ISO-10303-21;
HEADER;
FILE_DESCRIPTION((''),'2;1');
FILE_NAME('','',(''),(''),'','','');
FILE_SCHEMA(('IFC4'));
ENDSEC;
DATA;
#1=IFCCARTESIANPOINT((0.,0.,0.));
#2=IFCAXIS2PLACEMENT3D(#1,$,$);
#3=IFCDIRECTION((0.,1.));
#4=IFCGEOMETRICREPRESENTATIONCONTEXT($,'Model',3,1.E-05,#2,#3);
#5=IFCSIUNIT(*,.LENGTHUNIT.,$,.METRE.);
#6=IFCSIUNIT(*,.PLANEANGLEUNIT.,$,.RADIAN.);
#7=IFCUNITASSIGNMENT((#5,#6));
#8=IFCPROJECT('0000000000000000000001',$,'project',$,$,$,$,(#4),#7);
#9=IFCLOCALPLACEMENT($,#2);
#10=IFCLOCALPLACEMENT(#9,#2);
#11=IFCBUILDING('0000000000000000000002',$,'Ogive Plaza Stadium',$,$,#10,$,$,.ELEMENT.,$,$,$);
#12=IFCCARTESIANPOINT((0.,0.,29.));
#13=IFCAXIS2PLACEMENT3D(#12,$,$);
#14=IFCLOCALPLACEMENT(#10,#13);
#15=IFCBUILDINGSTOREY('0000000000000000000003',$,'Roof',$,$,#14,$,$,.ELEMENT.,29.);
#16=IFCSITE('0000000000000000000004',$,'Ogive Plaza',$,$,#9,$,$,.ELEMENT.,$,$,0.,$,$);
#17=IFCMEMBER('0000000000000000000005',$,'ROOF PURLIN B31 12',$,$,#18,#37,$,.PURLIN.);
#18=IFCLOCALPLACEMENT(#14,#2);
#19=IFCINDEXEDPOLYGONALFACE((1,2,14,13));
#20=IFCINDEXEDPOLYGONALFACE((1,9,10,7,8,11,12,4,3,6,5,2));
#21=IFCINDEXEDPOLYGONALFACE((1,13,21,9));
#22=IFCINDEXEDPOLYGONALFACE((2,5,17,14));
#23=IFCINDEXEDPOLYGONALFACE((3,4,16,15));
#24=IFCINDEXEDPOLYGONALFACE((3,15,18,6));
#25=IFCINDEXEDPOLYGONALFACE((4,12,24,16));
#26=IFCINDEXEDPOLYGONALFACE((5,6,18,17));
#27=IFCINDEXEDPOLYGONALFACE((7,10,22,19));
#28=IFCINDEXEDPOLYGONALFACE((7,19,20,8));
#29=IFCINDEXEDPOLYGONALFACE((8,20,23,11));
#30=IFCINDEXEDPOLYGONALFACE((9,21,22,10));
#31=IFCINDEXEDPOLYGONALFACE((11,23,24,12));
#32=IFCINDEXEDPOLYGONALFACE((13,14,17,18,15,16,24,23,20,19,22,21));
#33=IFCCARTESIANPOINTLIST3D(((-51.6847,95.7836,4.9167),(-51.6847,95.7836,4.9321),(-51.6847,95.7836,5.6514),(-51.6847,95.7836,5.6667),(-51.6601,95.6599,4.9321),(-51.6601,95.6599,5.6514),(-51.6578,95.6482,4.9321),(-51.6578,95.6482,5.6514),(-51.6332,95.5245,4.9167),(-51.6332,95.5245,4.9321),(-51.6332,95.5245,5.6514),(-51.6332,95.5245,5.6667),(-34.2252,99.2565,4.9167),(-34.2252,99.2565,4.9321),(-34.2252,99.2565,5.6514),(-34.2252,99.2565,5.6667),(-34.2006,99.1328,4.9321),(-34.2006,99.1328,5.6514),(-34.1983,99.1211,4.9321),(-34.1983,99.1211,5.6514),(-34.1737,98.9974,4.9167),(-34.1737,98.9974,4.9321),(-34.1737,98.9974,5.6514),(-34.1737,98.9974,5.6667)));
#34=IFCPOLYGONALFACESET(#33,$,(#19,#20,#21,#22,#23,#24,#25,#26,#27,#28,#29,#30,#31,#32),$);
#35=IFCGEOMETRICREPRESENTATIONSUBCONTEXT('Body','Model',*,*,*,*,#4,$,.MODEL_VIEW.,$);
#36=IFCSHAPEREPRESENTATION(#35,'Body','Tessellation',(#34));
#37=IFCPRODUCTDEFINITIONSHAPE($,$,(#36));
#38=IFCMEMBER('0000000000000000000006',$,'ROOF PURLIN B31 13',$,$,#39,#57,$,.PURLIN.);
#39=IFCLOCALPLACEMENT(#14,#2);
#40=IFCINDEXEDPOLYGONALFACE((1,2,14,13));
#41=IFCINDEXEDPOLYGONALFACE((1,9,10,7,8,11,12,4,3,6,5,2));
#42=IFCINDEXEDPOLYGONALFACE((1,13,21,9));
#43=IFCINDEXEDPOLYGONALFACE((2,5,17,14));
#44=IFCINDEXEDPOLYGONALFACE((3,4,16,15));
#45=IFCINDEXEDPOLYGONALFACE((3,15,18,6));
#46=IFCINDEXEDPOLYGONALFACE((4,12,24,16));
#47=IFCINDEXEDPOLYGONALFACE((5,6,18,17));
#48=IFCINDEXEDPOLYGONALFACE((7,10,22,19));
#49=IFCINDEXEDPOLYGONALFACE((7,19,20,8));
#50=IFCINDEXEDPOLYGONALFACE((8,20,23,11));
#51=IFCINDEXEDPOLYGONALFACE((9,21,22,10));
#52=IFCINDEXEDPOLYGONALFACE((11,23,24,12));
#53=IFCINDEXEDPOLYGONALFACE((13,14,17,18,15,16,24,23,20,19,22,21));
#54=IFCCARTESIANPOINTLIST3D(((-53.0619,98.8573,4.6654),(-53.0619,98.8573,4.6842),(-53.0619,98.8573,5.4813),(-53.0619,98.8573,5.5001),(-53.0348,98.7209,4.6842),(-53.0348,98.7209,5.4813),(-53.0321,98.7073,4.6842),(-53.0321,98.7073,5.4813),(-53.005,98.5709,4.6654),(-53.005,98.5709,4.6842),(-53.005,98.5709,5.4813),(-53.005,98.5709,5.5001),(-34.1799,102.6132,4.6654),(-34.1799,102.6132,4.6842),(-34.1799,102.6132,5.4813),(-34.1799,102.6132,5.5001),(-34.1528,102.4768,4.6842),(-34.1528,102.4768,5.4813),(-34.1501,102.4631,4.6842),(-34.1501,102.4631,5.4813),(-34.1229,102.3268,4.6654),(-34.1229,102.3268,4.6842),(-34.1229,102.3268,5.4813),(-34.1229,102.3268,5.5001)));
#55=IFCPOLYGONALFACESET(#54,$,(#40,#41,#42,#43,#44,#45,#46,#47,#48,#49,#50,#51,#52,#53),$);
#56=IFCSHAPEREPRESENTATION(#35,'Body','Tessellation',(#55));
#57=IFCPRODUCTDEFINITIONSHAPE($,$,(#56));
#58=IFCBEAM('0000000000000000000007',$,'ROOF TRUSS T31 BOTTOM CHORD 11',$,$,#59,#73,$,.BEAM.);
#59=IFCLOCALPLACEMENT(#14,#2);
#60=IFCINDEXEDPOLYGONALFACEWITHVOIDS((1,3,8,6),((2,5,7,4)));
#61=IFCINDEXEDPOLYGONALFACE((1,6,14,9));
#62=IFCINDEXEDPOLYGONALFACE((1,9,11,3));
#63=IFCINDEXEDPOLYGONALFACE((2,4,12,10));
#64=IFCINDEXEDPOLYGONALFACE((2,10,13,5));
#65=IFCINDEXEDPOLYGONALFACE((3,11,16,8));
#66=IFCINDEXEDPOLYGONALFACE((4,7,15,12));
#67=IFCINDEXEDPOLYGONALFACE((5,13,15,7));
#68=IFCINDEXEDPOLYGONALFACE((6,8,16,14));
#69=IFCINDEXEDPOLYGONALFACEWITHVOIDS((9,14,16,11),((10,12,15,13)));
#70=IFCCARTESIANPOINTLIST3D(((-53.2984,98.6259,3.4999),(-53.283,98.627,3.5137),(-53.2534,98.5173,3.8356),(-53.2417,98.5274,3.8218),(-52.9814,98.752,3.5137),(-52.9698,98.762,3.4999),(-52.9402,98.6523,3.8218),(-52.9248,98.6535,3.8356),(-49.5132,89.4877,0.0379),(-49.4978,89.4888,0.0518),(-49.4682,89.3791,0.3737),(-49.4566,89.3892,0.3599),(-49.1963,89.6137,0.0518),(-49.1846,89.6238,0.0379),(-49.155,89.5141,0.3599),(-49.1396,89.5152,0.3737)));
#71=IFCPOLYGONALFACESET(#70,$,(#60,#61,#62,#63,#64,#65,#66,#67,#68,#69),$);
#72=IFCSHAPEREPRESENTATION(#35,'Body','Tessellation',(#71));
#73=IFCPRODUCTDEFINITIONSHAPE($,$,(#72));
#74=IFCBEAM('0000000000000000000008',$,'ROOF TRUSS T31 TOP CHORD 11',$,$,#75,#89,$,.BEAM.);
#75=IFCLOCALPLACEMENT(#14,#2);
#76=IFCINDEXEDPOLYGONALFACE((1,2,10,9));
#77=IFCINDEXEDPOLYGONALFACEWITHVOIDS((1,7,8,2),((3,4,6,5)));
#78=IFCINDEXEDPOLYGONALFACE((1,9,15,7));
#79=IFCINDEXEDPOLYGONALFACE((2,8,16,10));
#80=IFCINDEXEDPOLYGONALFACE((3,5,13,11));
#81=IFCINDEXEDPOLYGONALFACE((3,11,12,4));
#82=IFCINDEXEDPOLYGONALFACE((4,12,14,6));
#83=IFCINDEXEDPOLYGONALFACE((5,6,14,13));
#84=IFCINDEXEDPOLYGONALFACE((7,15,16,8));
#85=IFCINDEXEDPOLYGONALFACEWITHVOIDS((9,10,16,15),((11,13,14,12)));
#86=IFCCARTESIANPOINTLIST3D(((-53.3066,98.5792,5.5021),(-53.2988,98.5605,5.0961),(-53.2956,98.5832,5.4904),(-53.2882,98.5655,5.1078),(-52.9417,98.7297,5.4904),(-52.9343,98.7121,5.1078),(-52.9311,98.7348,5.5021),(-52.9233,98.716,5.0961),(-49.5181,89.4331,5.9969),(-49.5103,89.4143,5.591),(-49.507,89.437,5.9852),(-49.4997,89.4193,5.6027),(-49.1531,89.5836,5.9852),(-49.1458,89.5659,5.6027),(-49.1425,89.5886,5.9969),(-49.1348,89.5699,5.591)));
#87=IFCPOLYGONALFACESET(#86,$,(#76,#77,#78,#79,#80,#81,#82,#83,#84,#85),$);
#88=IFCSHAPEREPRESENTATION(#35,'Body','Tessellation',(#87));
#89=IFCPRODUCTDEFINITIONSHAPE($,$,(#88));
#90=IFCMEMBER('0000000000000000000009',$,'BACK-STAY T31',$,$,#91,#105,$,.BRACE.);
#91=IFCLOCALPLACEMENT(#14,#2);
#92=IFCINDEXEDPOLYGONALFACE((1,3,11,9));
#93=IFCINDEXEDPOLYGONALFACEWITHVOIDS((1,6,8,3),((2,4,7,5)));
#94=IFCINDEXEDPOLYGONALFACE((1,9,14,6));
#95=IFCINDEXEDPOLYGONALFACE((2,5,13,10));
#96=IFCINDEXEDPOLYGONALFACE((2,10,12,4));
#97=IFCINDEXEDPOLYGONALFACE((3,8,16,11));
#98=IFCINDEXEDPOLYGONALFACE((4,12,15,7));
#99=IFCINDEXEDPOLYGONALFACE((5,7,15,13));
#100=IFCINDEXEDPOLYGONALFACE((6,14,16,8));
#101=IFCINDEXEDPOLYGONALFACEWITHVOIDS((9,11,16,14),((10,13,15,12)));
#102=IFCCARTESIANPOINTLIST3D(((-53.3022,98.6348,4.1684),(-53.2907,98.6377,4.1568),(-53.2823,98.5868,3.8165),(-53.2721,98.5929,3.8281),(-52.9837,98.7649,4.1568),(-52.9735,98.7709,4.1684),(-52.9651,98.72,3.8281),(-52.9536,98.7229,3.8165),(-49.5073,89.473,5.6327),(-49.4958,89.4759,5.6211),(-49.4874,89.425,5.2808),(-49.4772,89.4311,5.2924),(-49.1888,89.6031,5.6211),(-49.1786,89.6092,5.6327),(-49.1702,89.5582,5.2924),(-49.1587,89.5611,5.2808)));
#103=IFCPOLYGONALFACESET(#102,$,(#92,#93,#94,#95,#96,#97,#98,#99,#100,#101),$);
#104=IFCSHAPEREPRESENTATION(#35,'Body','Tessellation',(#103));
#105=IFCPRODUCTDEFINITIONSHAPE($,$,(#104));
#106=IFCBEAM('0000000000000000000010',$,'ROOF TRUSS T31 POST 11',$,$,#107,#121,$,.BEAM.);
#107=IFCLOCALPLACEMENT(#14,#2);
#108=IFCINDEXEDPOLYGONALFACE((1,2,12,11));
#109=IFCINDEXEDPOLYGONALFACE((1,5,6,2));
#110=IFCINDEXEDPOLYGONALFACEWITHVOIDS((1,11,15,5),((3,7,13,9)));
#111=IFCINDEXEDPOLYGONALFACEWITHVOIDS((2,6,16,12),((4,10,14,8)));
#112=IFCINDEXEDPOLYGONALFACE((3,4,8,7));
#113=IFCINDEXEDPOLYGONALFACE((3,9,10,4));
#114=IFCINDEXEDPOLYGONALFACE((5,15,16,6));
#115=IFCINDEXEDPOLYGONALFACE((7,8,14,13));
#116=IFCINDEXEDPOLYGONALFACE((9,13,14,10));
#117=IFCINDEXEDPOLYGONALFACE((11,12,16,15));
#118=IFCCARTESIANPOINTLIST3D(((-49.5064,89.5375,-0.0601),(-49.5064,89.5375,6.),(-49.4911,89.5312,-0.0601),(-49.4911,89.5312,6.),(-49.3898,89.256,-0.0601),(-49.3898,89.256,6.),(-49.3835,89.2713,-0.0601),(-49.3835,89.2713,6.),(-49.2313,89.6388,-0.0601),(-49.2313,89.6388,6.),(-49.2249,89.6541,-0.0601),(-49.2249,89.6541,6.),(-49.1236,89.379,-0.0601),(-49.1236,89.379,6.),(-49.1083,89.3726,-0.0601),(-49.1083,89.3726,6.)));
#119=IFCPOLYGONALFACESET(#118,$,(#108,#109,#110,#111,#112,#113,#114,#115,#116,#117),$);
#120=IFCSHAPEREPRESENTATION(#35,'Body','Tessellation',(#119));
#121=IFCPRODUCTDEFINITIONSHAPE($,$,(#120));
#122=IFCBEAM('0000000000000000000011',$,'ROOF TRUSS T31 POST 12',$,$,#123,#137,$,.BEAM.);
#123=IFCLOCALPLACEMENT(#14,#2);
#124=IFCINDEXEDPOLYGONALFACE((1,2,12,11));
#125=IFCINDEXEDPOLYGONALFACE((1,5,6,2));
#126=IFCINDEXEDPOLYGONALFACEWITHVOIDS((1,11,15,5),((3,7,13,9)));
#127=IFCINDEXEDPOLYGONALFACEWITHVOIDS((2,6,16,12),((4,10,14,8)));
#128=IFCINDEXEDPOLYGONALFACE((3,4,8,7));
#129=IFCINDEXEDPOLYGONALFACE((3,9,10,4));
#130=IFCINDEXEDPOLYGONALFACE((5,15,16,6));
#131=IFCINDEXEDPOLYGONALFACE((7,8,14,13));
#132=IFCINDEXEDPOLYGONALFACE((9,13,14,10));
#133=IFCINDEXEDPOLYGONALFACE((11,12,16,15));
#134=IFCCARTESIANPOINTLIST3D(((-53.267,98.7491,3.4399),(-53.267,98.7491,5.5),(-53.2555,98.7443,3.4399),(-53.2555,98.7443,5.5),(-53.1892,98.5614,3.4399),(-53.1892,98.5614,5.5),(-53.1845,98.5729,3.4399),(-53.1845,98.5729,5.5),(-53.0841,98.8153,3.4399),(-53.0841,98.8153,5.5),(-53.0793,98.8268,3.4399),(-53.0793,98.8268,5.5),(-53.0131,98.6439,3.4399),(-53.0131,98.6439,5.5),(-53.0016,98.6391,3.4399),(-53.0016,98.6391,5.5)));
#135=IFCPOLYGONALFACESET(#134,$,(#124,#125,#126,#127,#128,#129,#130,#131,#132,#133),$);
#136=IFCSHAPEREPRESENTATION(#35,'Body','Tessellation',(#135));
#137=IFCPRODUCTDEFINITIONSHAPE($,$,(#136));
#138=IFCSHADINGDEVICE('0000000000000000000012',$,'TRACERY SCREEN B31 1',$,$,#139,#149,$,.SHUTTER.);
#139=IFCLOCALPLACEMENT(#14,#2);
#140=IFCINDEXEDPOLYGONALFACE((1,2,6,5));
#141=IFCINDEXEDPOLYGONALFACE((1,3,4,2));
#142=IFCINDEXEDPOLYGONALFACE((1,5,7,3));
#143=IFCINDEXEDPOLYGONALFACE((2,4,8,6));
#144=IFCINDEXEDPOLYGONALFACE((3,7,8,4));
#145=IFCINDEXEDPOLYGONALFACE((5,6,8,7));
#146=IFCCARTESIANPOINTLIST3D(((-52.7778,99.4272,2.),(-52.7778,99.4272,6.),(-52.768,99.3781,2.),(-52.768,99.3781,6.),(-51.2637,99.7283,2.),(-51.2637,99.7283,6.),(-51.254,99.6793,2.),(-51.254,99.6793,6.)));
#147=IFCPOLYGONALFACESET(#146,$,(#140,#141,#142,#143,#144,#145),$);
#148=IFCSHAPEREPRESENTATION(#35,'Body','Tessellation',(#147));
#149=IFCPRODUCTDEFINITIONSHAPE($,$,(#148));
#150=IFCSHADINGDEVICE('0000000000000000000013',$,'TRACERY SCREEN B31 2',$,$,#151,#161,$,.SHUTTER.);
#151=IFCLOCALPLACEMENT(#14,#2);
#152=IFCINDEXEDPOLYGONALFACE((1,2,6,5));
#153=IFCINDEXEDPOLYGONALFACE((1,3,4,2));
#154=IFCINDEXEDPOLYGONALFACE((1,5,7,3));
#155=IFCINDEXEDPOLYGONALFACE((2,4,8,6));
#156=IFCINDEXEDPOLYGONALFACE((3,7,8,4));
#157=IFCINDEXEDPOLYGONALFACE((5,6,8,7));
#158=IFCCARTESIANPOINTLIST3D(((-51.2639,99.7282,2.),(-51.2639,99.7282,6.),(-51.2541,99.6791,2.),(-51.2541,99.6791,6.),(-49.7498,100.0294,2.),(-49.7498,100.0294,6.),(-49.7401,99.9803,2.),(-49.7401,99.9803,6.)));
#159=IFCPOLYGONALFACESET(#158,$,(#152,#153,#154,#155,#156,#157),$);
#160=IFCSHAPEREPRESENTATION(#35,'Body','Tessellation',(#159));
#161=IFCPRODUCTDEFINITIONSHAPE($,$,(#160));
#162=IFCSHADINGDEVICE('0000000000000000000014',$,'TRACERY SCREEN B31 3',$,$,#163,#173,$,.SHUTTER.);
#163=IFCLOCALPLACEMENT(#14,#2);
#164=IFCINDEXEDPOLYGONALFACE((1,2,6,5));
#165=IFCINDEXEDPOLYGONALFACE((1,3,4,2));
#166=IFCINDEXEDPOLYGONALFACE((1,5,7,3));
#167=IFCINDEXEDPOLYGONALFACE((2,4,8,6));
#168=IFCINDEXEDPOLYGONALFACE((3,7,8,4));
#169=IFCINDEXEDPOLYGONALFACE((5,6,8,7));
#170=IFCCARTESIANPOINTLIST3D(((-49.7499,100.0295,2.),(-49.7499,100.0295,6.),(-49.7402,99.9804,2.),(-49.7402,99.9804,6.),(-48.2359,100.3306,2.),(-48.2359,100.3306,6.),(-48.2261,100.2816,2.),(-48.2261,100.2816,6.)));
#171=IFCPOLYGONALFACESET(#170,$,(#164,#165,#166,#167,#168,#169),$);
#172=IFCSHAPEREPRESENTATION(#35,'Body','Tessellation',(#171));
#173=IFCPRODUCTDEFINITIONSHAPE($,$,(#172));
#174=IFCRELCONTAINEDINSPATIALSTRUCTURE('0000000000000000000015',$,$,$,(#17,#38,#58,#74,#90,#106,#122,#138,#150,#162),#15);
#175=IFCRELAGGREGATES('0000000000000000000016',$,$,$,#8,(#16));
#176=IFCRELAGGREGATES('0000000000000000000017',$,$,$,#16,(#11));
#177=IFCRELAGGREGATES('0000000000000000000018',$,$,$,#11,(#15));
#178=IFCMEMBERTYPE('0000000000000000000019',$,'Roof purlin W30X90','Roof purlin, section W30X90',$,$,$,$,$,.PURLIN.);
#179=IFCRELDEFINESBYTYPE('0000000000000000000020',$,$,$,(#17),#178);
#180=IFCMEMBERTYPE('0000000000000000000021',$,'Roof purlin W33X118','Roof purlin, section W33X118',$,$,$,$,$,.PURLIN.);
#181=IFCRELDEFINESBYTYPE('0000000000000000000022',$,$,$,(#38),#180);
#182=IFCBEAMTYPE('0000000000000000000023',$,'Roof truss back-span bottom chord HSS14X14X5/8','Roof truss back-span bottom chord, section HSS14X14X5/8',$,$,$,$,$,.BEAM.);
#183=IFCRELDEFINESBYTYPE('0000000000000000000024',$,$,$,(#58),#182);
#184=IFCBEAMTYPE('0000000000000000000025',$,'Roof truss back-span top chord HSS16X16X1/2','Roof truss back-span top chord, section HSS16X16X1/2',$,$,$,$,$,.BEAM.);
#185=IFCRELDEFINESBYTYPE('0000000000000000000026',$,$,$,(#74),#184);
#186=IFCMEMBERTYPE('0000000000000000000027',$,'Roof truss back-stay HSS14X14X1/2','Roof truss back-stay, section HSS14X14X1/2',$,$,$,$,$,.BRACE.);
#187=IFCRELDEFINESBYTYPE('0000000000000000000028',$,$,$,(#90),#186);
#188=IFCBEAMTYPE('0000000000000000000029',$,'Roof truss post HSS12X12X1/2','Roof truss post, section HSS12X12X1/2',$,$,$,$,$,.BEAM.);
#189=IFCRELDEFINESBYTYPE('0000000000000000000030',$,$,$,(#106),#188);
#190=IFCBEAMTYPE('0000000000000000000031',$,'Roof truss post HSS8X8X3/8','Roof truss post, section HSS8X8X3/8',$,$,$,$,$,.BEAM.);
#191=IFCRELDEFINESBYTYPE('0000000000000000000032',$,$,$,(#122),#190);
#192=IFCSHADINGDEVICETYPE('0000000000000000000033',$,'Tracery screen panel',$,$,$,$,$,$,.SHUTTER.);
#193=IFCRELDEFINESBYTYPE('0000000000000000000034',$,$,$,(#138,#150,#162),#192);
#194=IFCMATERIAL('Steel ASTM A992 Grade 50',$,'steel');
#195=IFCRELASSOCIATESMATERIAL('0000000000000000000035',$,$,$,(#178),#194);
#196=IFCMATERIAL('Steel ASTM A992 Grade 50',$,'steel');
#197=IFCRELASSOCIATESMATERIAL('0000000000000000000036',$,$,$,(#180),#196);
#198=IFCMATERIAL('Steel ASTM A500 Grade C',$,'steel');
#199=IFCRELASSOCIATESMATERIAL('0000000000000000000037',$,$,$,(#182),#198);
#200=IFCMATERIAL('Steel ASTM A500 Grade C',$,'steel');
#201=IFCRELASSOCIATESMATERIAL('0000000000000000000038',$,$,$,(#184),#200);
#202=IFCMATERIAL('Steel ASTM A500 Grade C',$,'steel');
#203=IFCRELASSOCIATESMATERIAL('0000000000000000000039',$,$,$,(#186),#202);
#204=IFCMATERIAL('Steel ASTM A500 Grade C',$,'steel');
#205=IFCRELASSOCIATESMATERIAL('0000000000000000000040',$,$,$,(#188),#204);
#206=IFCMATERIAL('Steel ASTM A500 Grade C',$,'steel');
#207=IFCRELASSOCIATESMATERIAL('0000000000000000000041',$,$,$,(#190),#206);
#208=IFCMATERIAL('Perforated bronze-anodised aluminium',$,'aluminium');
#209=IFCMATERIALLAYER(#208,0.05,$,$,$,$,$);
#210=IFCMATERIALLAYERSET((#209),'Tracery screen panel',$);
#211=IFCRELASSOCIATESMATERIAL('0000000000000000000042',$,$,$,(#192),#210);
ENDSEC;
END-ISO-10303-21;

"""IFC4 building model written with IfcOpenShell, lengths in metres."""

from ifc_helpers import new_model, si_unit, direction, frame, origin, origin_2d, place, context, subcontext, project, spatial, rectangle, hollow_rectangle, i_section, extrude, material, layer, layer_set, material_profile, profile_set, type_object, element, save


model = new_model("IFC4")

# Units and contexts
model_context = context("Model", 3, precision=1e-05, world=origin(), true_north=direction((0.0, 1.0)))
body_context = subcontext(model_context, "Body", "Model", "MODEL_VIEW")
ifc_project = project(units=[si_unit("LENGTHUNIT", "METRE"), si_unit("PLANEANGLEUNIT", "RADIAN")], contexts=[model_context])

# Site, building, storey
site_placement = place(None, origin())
site = spatial("IfcSite", under=ifc_project, at=site_placement, Name="Ogive Plaza", CompositionType="ELEMENT", RefElevation=0.0)
building_placement = place(site_placement, origin())
building = spatial("IfcBuilding", under=site, at=building_placement, Name="Ogive Plaza Stadium", CompositionType="ELEMENT")
storey_placement = place(building_placement, frame((0.0, 0.0, 29.0)))
storey = spatial("IfcBuildingStorey", under=building, at=storey_placement, Name="Roof", CompositionType="ELEMENT", Elevation=29.0)

# Members
ifc_material_1 = material(Name="Steel ASTM A992 Grade 50", Category="steel")
ifc_material_profile_1 = material_profile(ifc_material_1, i_section(OverallWidth=0.2642, OverallDepth=0.75, WebThickness=0.012, FlangeThickness=0.0154, at=origin_2d()), Name="W30X90")
ifc_profile_set_1 = profile_set([ifc_material_profile_1], Name="Steel ASTM A992 Grade 50")
member_type_1 = type_object("IfcMemberType", Name="Roof purlin W30X90", Description="Roof purlin, section W30X90", PredefinedType="PURLIN", material=ifc_profile_set_1)
member_1_placement = place(storey_placement, frame((-51.6589, 95.6541, 5.2917), z_axis=(0.980785, 0.19509, 0.0), x_axis=(-0.19509, 0.980785, 0.0)))
element("IfcMember", 1, at=member_1_placement, inside=storey, type_object=member_type_1, Name="ROOF PURLIN B31 12", PredefinedType="PURLIN", context=body_context, shape_type="SweptSolid", body=[
    extrude(i_section(OverallWidth=0.2642, OverallDepth=0.75, WebThickness=0.012, FlangeThickness=0.0154, at=origin_2d()), origin(), (0.0, 0.0, 1.0), 17.8015),
])
ifc_material_2 = material(Name="Steel ASTM A992 Grade 50", Category="steel")
ifc_material_profile_2 = material_profile(ifc_material_2, i_section(OverallWidth=0.292, OverallDepth=0.8347, WebThickness=0.0139, FlangeThickness=0.0188, at=origin_2d()), Name="W33X118")
ifc_profile_set_2 = profile_set([ifc_material_profile_2], Name="Steel ASTM A992 Grade 50")
member_type_2 = type_object("IfcMemberType", Name="Roof purlin W33X118", Description="Roof purlin, section W33X118", PredefinedType="PURLIN", material=ifc_profile_set_2)
member_2_placement = place(storey_placement, frame((-53.0334, 98.7141, 5.0828), z_axis=(0.980785, 0.195089, 0.0), x_axis=(-0.195089, 0.980785, 0.0)))
element("IfcMember", 2, at=member_2_placement, inside=storey, type_object=member_type_2, Name="ROOF PURLIN B31 13", PredefinedType="PURLIN", context=body_context, shape_type="SweptSolid", body=[
    extrude(i_section(OverallWidth=0.292, OverallDepth=0.8347, WebThickness=0.0139, FlangeThickness=0.0188, at=origin_2d()), origin(), (0.0, 0.0, 1.0), 19.252),
])

# Beams
ifc_material_3 = material(Name="Steel ASTM A500 Grade C", Category="steel")
ifc_material_profile_3 = material_profile(ifc_material_3, hollow_rectangle(XDim=0.3557, YDim=0.3557, WallThickness=0.0146, at=origin_2d()), Name="HSS14X14X5/8")
ifc_profile_set_3 = profile_set([ifc_material_profile_3], Name="Steel ASTM A500 Grade C")
beam_type_1 = type_object("IfcBeamType", Name="Roof truss back-span bottom chord HSS14X14X5/8", Description="Roof truss back-span bottom chord, section HSS14X14X5/8", PredefinedType="BEAM", material=ifc_profile_set_3)
beam_1_placement = place(storey_placement, frame((-49.3264, 89.5015, 0.2058), z_axis=(-0.361198, 0.872011, 0.330353), x_axis=(-0.92388, -0.382683, 0.0)))
element("IfcBeam", 3, at=beam_1_placement, inside=storey, type_object=beam_type_1, Name="ROOF TRUSS T31 BOTTOM CHORD 11", PredefinedType="BEAM", context=body_context, shape_type="SweptSolid", body=[
    extrude(hollow_rectangle(XDim=0.3557, YDim=0.3557, WallThickness=0.0146, at=origin_2d()), origin(), (0.0, 0.0, 1.0), 10.4795),
])
ifc_material_4 = material(Name="Steel ASTM A500 Grade C", Category="steel")
ifc_material_profile_4 = material_profile(ifc_material_4, hollow_rectangle(XDim=0.4065, YDim=0.4065, WallThickness=0.0117, at=origin_2d()), Name="HSS16X16X1/2")
ifc_profile_set_4 = profile_set([ifc_material_profile_4], Name="Steel ASTM A500 Grade C")
beam_type_2 = type_object("IfcBeamType", Name="Roof truss back-span top chord HSS16X16X1/2", Description="Roof truss back-span top chord, section HSS16X16X1/2", PredefinedType="BEAM", material=ifc_profile_set_4)
beam_2_placement = place(storey_placement, frame((-49.3264, 89.5015, 5.7939), z_axis=(-0.382213, 0.922725, -0.049926), x_axis=(-0.923877, -0.38269, 0.0)))
element("IfcBeam", 4, at=beam_2_placement, inside=storey, type_object=beam_type_2, Name="ROOF TRUSS T31 TOP CHORD 11", PredefinedType="BEAM", context=body_context, shape_type="SweptSolid", body=[
    extrude(hollow_rectangle(XDim=0.4065, YDim=0.4065, WallThickness=0.0117, at=origin_2d()), origin(), (0.0, 0.0, 1.0), 9.9121),
])

# Member
ifc_material_5 = material(Name="Steel ASTM A500 Grade C", Category="steel")
ifc_material_profile_5 = material_profile(ifc_material_5, hollow_rectangle(XDim=0.3557, YDim=0.3557, WallThickness=0.0117, at=origin_2d()), Name="HSS14X14X1/2")
ifc_profile_set_5 = profile_set([ifc_material_profile_5], Name="Steel ASTM A500 Grade C")
member_type_3 = type_object("IfcMemberType", Name="Roof truss back-stay HSS14X14X1/2", Description="Roof truss back-stay, section HSS14X14X1/2", PredefinedType="BRACE", material=ifc_profile_set_5)
member_3_placement = place(storey_placement, frame((-49.333, 89.5171, 5.4568), z_axis=(-0.378574, 0.91397, -0.146081), x_axis=(-0.923881, -0.382679, 0.0)))
element("IfcMember", 5, at=member_3_placement, inside=storey, type_object=member_type_3, Name="BACK-STAY T31", PredefinedType="BRACE", context=body_context, shape_type="SweptSolid", body=[
    extrude(hollow_rectangle(XDim=0.3557, YDim=0.3557, WallThickness=0.0117, at=origin_2d()), origin(), (0.0, 0.0, 1.0), 10.0242),
])

# Beams
ifc_material_6 = material(Name="Steel ASTM A500 Grade C", Category="steel")
ifc_material_profile_6 = material_profile(ifc_material_6, hollow_rectangle(XDim=0.3047, YDim=0.3047, WallThickness=0.0117, at=origin_2d()), Name="HSS12X12X1/2")
ifc_profile_set_6 = profile_set([ifc_material_profile_6], Name="Steel ASTM A500 Grade C")
beam_type_3 = type_object("IfcBeamType", Name="Roof truss post HSS12X12X1/2", Description="Roof truss post, section HSS12X12X1/2", PredefinedType="BEAM", material=ifc_profile_set_6)
beam_3_placement = place(storey_placement, frame((-49.3074, 89.4551, -0.0601), z_axis=(0.0, 0.0, 1.0), x_axis=(-0.92388, -0.382683, 0.0)))
element("IfcBeam", 6, at=beam_3_placement, inside=storey, type_object=beam_type_3, Name="ROOF TRUSS T31 POST 11", PredefinedType="BEAM", context=body_context, shape_type="SweptSolid", body=[
    extrude(hollow_rectangle(XDim=0.3047, YDim=0.3047, WallThickness=0.0117, at=origin_2d()), origin(), (0.0, 0.0, 1.0), 6.0601),
])
ifc_material_7 = material(Name="Steel ASTM A500 Grade C", Category="steel")
ifc_material_profile_7 = material_profile(ifc_material_7, hollow_rectangle(XDim=0.2031, YDim=0.2031, WallThickness=0.0088, at=origin_2d()), Name="HSS8X8X3/8")
ifc_profile_set_7 = profile_set([ifc_material_profile_7], Name="Steel ASTM A500 Grade C")
beam_type_4 = type_object("IfcBeamType", Name="Roof truss post HSS8X8X3/8", Description="Roof truss post, section HSS8X8X3/8", PredefinedType="BEAM", material=ifc_profile_set_7)
beam_4_placement = place(storey_placement, frame((-53.1343, 98.6941, 3.4399), z_axis=(0.0, 0.0, 1.0), x_axis=(-0.92388, -0.382683, 0.0)))
element("IfcBeam", 7, at=beam_4_placement, inside=storey, type_object=beam_type_4, Name="ROOF TRUSS T31 POST 12", PredefinedType="BEAM", context=body_context, shape_type="SweptSolid", body=[
    extrude(hollow_rectangle(XDim=0.2031, YDim=0.2031, WallThickness=0.0088, at=origin_2d()), origin(), (0.0, 0.0, 1.0), 2.0601),
])

# Shading devices
ifc_material_8 = material(Name="Perforated bronze-anodised aluminium", Category="aluminium")
ifc_layer_1 = layer(ifc_material_8, 0.05)
ifc_layer_set_1 = layer_set([ifc_layer_1], Name="Tracery screen panel")
shading_device_type = type_object("IfcShadingDeviceType", Name="Tracery screen panel", PredefinedType="SHUTTER", material=ifc_layer_set_1)
for number, where, z_axis, x_axis, name in (
    (8, (-52.0159, 99.5532, 2.0), (0.0, 0.0, 1.0), (0.980785, 0.19509, 0.0), "TRACERY SCREEN B31 1"),
    (9, (-50.502, 99.8542, 2.0), (0.0, 0.0, 1.0), (0.980785, 0.19509, 0.0), "TRACERY SCREEN B31 2"),
    (10, (-48.988, 100.1555, 2.0), (0.0, 0.0, 1.0), (0.980785, 0.19509, 0.0), "TRACERY SCREEN B31 3"),
):
    element("IfcShadingDevice", number, at=place(storey_placement, frame(where, z_axis=z_axis, x_axis=x_axis)), inside=storey, type_object=shading_device_type, Name=name, PredefinedType="SHUTTER", context=body_context, shape_type="SweptSolid", body=[
        extrude(rectangle(XDim=1.5437, YDim=0.05, at=origin_2d()), origin(), (0.0, 0.0, 1.0), 4.0),
    ])

save(model, "model.ifc")
